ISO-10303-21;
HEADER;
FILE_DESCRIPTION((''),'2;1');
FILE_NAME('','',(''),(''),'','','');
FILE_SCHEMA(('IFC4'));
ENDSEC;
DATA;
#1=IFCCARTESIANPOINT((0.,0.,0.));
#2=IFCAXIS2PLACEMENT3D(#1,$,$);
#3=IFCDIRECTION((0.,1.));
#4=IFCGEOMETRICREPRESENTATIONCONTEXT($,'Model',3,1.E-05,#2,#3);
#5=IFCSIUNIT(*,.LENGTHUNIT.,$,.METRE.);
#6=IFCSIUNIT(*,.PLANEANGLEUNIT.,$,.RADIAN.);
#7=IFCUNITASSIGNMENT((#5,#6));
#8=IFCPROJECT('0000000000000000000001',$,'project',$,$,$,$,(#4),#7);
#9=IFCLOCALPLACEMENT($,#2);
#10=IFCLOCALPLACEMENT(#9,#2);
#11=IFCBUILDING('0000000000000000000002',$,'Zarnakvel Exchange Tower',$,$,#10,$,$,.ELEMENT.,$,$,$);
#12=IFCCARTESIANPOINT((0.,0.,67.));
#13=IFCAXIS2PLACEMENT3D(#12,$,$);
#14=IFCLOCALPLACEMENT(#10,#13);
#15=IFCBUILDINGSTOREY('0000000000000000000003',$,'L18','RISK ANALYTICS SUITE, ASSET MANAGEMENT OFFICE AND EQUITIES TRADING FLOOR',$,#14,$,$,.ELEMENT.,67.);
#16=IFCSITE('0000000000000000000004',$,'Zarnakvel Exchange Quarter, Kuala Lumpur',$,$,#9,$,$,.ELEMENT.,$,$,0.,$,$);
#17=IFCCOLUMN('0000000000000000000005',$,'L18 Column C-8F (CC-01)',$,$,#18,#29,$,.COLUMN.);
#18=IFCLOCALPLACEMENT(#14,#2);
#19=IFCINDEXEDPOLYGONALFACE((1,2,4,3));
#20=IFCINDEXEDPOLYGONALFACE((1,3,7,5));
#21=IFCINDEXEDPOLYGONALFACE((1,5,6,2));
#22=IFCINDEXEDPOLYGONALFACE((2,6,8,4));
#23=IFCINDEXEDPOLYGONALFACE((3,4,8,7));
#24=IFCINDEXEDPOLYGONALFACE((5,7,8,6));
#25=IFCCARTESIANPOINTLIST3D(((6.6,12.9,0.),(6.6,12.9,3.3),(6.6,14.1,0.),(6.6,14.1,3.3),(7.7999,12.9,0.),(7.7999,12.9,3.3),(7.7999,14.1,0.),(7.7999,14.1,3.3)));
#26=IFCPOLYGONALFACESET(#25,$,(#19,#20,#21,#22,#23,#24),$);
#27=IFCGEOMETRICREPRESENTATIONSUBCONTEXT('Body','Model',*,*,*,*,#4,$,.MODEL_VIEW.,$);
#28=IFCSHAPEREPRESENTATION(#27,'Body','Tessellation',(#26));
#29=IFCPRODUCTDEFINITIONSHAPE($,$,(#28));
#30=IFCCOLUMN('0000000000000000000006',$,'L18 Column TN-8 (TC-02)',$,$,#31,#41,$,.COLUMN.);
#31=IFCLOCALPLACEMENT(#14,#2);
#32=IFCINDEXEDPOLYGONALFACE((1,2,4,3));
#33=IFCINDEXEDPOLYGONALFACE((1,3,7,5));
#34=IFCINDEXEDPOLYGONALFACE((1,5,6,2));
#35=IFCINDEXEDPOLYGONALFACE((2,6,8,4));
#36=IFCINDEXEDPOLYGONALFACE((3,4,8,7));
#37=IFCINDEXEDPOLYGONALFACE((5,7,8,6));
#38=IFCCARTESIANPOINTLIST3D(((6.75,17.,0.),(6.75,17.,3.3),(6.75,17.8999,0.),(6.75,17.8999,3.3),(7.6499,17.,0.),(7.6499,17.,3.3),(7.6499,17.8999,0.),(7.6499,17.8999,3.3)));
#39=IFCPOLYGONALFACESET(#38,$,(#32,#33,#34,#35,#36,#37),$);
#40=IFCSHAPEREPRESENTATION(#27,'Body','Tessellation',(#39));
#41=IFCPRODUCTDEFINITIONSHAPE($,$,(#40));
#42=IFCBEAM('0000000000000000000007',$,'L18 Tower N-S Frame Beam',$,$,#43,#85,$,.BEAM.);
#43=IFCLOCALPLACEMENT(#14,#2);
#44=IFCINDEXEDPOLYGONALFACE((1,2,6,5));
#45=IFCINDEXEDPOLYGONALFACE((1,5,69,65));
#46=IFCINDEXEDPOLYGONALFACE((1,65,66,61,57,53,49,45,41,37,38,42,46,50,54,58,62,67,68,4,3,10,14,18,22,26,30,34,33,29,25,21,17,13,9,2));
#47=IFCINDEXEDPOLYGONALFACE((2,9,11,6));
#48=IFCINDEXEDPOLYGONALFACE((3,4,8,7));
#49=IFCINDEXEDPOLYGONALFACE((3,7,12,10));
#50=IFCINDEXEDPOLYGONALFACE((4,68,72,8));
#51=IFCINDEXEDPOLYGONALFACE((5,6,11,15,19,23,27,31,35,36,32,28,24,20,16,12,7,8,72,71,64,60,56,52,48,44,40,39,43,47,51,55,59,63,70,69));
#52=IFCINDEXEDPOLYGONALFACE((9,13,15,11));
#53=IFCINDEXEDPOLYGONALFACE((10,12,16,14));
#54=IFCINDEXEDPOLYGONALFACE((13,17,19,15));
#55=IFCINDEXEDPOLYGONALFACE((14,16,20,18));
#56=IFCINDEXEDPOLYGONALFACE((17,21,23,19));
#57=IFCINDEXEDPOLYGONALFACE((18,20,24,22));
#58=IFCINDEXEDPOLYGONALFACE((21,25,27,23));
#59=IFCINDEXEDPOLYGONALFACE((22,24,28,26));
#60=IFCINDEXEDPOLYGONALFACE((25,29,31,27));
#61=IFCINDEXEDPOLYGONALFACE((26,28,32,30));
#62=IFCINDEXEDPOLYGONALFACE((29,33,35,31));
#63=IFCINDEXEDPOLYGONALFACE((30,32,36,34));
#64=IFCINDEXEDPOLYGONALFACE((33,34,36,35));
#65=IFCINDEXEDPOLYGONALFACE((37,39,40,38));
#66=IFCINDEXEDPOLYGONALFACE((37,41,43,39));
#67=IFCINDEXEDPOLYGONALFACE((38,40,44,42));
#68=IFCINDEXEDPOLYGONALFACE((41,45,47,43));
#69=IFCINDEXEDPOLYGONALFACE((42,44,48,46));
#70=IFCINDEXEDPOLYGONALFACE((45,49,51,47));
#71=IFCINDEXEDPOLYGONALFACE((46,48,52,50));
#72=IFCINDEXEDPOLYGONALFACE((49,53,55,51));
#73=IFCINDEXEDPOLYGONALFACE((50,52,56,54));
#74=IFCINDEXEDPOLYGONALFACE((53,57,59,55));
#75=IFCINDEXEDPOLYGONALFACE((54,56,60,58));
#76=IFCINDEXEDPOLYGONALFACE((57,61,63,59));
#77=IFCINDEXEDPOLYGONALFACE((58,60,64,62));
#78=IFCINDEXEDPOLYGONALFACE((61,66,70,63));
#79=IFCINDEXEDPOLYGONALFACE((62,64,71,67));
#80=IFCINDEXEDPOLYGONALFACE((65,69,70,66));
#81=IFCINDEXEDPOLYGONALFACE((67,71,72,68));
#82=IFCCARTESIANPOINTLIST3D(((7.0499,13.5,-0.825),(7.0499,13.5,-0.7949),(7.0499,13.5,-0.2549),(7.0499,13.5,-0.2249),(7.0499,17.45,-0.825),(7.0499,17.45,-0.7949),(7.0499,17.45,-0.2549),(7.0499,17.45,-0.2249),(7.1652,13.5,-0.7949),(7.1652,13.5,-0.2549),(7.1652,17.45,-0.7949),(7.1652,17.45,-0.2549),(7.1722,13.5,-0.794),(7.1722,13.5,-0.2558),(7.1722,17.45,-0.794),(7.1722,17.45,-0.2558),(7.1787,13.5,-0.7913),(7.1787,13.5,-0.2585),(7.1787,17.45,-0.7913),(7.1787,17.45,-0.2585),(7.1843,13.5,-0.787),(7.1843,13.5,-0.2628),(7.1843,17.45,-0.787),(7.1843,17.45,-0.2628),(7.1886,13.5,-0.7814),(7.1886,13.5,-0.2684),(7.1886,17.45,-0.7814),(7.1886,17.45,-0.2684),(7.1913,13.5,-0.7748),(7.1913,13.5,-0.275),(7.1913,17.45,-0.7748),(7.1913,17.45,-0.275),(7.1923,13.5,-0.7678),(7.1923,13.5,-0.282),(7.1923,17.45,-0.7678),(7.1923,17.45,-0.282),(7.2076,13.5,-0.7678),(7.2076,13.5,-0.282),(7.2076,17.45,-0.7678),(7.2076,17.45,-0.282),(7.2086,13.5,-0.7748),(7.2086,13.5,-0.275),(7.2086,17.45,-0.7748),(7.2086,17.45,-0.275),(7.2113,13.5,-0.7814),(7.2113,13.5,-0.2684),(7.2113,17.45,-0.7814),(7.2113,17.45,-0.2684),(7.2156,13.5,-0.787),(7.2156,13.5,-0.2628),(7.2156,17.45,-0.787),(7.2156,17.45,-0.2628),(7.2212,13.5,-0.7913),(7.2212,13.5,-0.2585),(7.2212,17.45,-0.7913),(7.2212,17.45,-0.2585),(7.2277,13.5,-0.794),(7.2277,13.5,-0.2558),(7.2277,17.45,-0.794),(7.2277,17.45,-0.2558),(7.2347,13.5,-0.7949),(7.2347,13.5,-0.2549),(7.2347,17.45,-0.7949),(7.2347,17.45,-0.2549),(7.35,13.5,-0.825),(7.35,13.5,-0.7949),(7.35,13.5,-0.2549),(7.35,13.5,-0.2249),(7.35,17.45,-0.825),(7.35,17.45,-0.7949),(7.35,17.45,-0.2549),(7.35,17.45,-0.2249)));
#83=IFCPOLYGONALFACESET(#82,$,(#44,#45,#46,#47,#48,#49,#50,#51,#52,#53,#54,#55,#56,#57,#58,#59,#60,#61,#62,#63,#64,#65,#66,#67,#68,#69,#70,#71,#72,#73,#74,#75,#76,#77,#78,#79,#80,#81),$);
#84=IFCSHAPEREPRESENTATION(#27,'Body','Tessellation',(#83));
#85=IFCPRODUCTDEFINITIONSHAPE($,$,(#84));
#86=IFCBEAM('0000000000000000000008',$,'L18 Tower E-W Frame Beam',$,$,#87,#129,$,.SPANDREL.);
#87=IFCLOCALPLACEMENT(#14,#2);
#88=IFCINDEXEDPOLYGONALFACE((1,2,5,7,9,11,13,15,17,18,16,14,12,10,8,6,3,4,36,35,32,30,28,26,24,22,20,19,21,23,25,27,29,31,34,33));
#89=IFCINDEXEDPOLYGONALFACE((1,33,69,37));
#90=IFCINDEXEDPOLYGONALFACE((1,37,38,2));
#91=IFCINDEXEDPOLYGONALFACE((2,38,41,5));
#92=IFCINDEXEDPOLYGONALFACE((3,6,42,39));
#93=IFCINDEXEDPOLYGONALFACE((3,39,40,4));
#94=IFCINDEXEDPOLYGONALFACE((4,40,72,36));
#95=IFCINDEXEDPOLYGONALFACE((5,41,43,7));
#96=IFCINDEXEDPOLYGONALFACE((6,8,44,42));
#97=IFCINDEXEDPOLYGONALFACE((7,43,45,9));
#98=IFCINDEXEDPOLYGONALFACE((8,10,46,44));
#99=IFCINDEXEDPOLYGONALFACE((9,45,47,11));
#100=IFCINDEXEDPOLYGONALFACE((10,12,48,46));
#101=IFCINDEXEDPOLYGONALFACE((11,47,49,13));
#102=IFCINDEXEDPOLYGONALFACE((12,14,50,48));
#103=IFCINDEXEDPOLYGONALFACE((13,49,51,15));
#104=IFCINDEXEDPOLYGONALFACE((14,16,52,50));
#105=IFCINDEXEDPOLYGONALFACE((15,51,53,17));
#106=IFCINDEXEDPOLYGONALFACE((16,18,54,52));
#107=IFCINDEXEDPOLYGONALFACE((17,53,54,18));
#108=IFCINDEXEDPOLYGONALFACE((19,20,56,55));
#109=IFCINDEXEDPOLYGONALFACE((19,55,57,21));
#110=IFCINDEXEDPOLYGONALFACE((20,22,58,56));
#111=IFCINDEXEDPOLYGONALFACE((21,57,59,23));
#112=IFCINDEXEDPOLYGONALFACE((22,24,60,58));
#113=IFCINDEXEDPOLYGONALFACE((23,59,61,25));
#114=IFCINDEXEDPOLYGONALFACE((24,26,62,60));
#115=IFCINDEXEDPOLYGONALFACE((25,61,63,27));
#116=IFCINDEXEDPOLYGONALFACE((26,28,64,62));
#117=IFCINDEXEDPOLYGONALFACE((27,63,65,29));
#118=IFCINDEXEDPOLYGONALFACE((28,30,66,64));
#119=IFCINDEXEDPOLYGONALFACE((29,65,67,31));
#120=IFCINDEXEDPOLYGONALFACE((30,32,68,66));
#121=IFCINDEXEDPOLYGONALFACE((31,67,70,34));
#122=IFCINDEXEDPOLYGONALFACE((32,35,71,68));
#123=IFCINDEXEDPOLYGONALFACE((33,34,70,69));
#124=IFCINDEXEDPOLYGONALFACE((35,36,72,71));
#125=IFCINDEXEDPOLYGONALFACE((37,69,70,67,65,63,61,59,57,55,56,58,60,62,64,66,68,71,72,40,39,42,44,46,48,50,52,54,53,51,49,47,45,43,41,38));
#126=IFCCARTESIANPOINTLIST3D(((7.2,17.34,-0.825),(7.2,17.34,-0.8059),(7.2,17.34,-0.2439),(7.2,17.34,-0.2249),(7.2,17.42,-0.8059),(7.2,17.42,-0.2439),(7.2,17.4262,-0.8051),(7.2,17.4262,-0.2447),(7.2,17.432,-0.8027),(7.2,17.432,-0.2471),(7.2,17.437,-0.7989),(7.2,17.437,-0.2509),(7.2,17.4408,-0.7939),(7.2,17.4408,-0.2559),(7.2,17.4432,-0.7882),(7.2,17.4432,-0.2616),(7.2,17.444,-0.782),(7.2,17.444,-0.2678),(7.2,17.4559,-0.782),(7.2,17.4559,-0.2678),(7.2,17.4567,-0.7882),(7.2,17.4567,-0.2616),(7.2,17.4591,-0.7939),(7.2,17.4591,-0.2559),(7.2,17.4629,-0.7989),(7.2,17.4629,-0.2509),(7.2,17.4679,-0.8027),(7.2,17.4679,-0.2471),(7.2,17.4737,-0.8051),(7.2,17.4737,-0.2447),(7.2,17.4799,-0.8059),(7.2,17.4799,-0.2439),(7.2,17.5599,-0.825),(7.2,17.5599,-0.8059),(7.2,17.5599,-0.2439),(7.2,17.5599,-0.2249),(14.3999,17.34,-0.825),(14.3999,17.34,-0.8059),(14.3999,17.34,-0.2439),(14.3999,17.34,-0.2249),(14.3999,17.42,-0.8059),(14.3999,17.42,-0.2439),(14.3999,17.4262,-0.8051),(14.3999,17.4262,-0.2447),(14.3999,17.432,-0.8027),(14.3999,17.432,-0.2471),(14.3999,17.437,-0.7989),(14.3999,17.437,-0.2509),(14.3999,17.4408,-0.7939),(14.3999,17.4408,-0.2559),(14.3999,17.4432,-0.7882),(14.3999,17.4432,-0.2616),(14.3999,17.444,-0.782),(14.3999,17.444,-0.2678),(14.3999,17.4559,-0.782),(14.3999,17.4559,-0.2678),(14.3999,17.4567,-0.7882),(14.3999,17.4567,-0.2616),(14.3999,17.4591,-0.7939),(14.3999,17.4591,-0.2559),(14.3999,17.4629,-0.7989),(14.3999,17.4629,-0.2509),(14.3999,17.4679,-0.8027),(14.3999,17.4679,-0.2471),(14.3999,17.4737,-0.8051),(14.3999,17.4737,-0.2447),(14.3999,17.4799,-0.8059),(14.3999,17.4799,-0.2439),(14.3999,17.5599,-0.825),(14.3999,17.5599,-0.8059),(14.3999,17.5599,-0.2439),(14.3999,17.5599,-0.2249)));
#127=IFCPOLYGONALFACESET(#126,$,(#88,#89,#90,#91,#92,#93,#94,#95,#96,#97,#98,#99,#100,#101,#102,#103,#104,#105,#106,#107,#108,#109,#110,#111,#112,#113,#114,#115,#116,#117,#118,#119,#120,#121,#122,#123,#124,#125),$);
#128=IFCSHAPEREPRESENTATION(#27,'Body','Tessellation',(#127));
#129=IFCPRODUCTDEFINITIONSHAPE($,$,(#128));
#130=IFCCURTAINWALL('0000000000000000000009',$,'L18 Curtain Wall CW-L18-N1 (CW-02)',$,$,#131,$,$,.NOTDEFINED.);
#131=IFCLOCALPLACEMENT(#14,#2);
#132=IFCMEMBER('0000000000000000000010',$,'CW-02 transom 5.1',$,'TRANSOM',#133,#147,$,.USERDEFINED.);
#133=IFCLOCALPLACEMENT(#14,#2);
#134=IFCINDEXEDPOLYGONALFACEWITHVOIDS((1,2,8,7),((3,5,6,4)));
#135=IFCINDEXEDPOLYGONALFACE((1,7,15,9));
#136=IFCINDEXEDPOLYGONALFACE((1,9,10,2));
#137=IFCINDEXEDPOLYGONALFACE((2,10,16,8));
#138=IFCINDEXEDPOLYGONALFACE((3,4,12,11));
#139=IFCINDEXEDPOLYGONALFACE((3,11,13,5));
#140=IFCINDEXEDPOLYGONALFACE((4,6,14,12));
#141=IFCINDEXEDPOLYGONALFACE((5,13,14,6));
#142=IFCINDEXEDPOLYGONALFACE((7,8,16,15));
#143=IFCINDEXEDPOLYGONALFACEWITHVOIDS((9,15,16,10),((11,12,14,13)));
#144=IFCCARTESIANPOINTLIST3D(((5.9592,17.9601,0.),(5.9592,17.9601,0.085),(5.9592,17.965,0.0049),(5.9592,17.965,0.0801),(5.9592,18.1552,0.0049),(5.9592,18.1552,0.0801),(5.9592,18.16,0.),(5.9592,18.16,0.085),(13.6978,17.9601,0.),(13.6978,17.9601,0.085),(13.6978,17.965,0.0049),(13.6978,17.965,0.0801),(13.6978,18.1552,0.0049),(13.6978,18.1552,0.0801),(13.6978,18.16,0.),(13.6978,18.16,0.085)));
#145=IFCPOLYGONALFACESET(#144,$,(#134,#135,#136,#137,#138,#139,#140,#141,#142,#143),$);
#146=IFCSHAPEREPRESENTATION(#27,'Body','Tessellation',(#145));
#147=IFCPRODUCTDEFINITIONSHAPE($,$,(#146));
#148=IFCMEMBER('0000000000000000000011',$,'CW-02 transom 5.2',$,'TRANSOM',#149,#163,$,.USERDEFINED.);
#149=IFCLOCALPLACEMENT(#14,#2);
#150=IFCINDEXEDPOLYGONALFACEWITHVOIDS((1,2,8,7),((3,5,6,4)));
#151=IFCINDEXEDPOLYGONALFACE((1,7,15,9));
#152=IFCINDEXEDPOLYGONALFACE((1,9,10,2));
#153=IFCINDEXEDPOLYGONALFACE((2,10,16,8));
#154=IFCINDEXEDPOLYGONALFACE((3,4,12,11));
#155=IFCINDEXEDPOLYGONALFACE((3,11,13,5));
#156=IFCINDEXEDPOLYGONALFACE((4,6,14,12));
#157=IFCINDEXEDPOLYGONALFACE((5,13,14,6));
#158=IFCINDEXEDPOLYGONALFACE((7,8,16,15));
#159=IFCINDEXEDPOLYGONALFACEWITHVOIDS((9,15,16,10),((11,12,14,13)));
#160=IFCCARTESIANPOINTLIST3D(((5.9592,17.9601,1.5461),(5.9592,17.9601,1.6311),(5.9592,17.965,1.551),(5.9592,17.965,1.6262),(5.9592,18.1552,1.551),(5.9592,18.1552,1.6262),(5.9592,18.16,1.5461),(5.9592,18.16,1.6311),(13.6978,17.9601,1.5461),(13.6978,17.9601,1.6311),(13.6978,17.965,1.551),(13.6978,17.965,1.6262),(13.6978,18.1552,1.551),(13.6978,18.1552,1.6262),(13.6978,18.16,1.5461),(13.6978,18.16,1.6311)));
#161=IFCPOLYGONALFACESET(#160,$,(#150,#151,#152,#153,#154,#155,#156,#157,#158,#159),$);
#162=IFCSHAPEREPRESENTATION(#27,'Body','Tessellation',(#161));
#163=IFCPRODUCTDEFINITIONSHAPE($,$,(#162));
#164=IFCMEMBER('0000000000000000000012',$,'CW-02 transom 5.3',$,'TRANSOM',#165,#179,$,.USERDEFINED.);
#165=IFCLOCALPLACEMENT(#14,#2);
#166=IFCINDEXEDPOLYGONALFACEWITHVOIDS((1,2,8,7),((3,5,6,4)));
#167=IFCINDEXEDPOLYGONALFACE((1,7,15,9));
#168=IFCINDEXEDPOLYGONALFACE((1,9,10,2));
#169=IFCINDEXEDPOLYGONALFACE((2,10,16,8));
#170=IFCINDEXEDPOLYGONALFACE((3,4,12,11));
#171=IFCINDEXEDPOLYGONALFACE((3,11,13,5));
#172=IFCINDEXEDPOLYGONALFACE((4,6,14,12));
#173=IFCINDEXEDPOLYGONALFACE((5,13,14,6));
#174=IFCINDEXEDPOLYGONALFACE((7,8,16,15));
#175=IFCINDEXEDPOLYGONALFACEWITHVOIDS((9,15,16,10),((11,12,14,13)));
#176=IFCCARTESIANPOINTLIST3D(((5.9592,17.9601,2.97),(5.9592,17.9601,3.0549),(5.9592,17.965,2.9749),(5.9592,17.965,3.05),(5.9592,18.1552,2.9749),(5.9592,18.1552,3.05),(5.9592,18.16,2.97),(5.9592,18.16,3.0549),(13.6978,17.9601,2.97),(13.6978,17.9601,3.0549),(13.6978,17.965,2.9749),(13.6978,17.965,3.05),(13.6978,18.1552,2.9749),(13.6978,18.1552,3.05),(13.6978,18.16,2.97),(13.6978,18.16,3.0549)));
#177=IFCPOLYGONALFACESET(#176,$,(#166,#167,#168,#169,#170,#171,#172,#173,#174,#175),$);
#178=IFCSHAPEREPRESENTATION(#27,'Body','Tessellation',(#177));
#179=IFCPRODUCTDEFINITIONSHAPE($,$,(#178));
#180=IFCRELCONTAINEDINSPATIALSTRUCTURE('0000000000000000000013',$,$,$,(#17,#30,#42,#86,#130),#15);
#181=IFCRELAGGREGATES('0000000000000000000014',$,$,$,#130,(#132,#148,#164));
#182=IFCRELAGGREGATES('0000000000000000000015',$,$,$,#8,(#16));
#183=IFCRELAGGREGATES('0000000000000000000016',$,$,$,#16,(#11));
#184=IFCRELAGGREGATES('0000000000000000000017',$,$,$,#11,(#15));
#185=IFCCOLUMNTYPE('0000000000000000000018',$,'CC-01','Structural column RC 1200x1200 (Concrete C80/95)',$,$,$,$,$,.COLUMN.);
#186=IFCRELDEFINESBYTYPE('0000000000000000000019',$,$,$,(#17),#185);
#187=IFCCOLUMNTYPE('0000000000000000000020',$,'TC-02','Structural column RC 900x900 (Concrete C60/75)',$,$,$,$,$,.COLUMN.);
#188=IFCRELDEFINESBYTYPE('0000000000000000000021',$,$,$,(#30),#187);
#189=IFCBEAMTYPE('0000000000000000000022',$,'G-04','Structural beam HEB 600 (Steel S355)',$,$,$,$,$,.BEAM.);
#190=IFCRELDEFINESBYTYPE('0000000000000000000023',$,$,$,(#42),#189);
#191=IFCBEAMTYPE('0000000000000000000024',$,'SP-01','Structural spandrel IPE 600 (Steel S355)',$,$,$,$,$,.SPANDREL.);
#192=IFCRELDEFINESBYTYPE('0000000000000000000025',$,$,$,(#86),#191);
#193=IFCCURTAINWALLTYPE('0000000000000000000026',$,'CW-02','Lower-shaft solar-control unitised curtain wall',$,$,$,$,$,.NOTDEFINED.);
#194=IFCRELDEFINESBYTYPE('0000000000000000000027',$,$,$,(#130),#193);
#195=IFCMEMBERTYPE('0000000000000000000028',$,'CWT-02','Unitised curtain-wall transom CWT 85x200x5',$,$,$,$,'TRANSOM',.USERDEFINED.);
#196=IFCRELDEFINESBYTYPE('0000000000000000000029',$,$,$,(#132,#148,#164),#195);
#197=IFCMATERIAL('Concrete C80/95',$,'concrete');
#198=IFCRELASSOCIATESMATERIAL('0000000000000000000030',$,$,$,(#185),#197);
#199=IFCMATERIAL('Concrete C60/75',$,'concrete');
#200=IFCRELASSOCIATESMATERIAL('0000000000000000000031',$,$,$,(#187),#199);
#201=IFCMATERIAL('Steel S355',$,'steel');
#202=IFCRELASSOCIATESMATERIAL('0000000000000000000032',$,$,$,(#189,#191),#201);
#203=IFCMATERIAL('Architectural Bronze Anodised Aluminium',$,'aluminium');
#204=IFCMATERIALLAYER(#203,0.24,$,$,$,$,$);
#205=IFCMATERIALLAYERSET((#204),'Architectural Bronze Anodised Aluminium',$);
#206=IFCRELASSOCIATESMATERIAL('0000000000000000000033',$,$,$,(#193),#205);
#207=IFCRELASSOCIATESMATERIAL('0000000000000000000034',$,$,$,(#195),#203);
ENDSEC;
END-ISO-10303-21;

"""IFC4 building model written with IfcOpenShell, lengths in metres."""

from ifc_helpers import new_model, si_unit, direction, frame, origin, origin_2d, place, context, subcontext, project, spatial, rectangle, hollow_rectangle, i_section, extrude, source, transform, mapped, material, layer, layer_set, material_profile, profile_set, type_object, element, aggregate, save


model = new_model("IFC4")

# Units and contexts
model_context = context("Model", 3, precision=1e-05, world=origin(), true_north=direction((0.0, 1.0)))
body_context = subcontext(model_context, "Body", "Model", "MODEL_VIEW")
ifc_project = project(units=[si_unit("LENGTHUNIT", "METRE"), si_unit("PLANEANGLEUNIT", "RADIAN")], contexts=[model_context])

# Site, building, storey
site_placement = place(None, origin())
site = spatial("IfcSite", under=ifc_project, at=site_placement, Name="Zarnakvel Exchange Quarter, Kuala Lumpur", CompositionType="ELEMENT", RefElevation=0.0)
building_placement = place(site_placement, origin())
building = spatial("IfcBuilding", under=site, at=building_placement, Name="Zarnakvel Exchange Tower", CompositionType="ELEMENT")
storey_placement = place(building_placement, frame((0.0, 0.0, 67.0)))
storey = spatial("IfcBuildingStorey", under=building, at=storey_placement, Name="L18", Description="RISK ANALYTICS SUITE, ASSET MANAGEMENT OFFICE AND EQUITIES TRADING FLOOR", CompositionType="ELEMENT", Elevation=67.0)

# Columns
ifc_material_1 = material(Name="Concrete C80/95", Category="concrete")
ifc_material_profile_1 = material_profile(ifc_material_1, rectangle(XDim=1.2, YDim=1.2, at=origin_2d()))
ifc_profile_set_1 = profile_set([ifc_material_profile_1], Name="Concrete C80/95")
column_type_1 = type_object("IfcColumnType", Name="CC-01", Description="Structural column RC 1200x1200 (Concrete C80/95)", PredefinedType="COLUMN", material=ifc_profile_set_1)
column_1_placement = place(storey_placement, frame((7.2, 13.5, 0.0), z_axis=(0.0, 0.0, 1.0), x_axis=(1.0, 0.0, 0.0)))
element("IfcColumn", 1, at=column_1_placement, inside=storey, type_object=column_type_1, Name="L18 Column C-8F (CC-01)", PredefinedType="COLUMN", context=body_context, shape_type="SweptSolid", body=[
    extrude(rectangle(XDim=1.2, YDim=1.2, at=origin_2d()), origin(), (0.0, 0.0, 1.0), 3.3),
])
ifc_material_2 = material(Name="Concrete C60/75", Category="concrete")
ifc_material_profile_2 = material_profile(ifc_material_2, rectangle(XDim=0.8999, YDim=0.8999, at=origin_2d()))
ifc_profile_set_2 = profile_set([ifc_material_profile_2], Name="Concrete C60/75")
column_type_2 = type_object("IfcColumnType", Name="TC-02", Description="Structural column RC 900x900 (Concrete C60/75)", PredefinedType="COLUMN", material=ifc_profile_set_2)
column_2_placement = place(storey_placement, frame((7.2, 17.45, 0.0), z_axis=(0.0, 0.0, 1.0), x_axis=(1.0, 0.0, 0.0)))
element("IfcColumn", 2, at=column_2_placement, inside=storey, type_object=column_type_2, Name="L18 Column TN-8 (TC-02)", PredefinedType="COLUMN", context=body_context, shape_type="SweptSolid", body=[
    extrude(rectangle(XDim=0.8999, YDim=0.8999, at=origin_2d()), origin(), (0.0, 0.0, 1.0), 3.3),
])

# Beams
ifc_material_3 = material(Name="Steel S355", Category="steel")
ifc_material_profile_3 = material_profile(ifc_material_3, i_section(OverallWidth=0.3, OverallDepth=0.6001, WebThickness=0.0154, FlangeThickness=0.03, FilletRadius=0.0271, at=origin_2d()))
ifc_profile_set_3 = profile_set([ifc_material_profile_3], Name="Steel S355")
beam_type_1 = type_object("IfcBeamType", Name="G-04", Description="Structural beam HEB 600 (Steel S355)", PredefinedType="BEAM", material=ifc_profile_set_3)
beam_1_placement = place(storey_placement, frame((7.2, 13.5, -0.5249), z_axis=(0.0, 1.0, 0.0), x_axis=(-1.0, 0.0, 0.0)))
element("IfcBeam", 3, at=beam_1_placement, inside=storey, type_object=beam_type_1, Name="L18 Tower N-S Frame Beam", PredefinedType="BEAM", context=body_context, shape_type="SweptSolid", body=[
    extrude(i_section(OverallWidth=0.3, OverallDepth=0.6001, WebThickness=0.0154, FlangeThickness=0.03, FilletRadius=0.0271, at=origin_2d()), origin(), (0.0, 0.0, 1.0), 3.95),
])
ifc_material_profile_4 = material_profile(ifc_material_3, i_section(OverallWidth=0.22, OverallDepth=0.6001, WebThickness=0.012, FlangeThickness=0.019, FilletRadius=0.0239, at=origin_2d()))
ifc_profile_set_4 = profile_set([ifc_material_profile_4], Name="Steel S355")
beam_type_2 = type_object("IfcBeamType", Name="SP-01", Description="Structural spandrel IPE 600 (Steel S355)", PredefinedType="SPANDREL", material=ifc_profile_set_4)
beam_2_placement = place(storey_placement, frame((7.2, 17.45, -0.5249), z_axis=(1.0, 0.0, 0.0), x_axis=(0.0, 1.0, 0.0)))
element("IfcBeam", 4, at=beam_2_placement, inside=storey, type_object=beam_type_2, Name="L18 Tower E-W Frame Beam", PredefinedType="SPANDREL", context=body_context, shape_type="SweptSolid", body=[
    extrude(i_section(OverallWidth=0.22, OverallDepth=0.6001, WebThickness=0.012, FlangeThickness=0.019, FilletRadius=0.0239, at=origin_2d()), origin(), (0.0, 0.0, 1.0), 7.2),
])

# Curtain wall, members
ifc_material_4 = material(Name="Architectural Bronze Anodised Aluminium", Category="aluminium")
ifc_layer_1 = layer(ifc_material_4, 0.24)
ifc_layer_set_1 = layer_set([ifc_layer_1], Name="Architectural Bronze Anodised Aluminium")
curtain_wall_type = type_object("IfcCurtainWallType", Name="CW-02", Description="Lower-shaft solar-control unitised curtain wall", PredefinedType="NOTDEFINED", material=ifc_layer_set_1)
curtain_wall_placement = place(storey_placement, origin())
curtain_wall = element("IfcCurtainWall", 5, at=curtain_wall_placement, inside=storey, type_object=curtain_wall_type, Name="L18 Curtain Wall CW-L18-N1 (CW-02)", PredefinedType="NOTDEFINED")
ifc_material_profile_5 = material_profile(ifc_material_4, hollow_rectangle(XDim=0.2, YDim=0.085, WallThickness=0.0049, at=origin_2d()))
ifc_profile_set_5 = profile_set([ifc_material_profile_5], Name="Architectural Bronze Anodised Aluminium")
member_type_1 = type_object("IfcMemberType", Name="CWT-02", Description="Unitised curtain-wall transom CWT 85x200x5", ElementType="TRANSOM", PredefinedType="USERDEFINED", material=ifc_profile_set_5)
shared_shape_1 = source(origin(), body_context, "Body", "SweptSolid", [
    extrude(hollow_rectangle(XDim=0.2, YDim=0.085, WallThickness=0.0049, at=origin_2d()), origin(), (0.0, 0.0, 1.0), 7.7385),
])
member_1_placement = place(storey_placement, frame((5.9592, 18.0601, 0.0425), z_axis=(1.0, 0.0, 0.0), x_axis=(0.0, 1.0, 0.0)))
member_1 = element("IfcMember", 6, at=member_1_placement, type_object=member_type_1, Name="CW-02 transom 5.1", ObjectType="TRANSOM", PredefinedType="USERDEFINED", context=body_context, shape_type="MappedRepresentation", body=[
    mapped(shared_shape_1, transform((0.0, 0.0, 0.0), x_axis=(1.0, 0.0, 0.0), y_axis=(0.0, 1.0, 0.0), z_axis=(0.0, 0.0, 1.0), scale=1.0)),
])
member_2_placement = place(storey_placement, frame((5.9592, 18.0601, 1.5886), z_axis=(1.0, 0.0, 0.0), x_axis=(0.0, 1.0, 0.0)))
member_2 = element("IfcMember", 7, at=member_2_placement, type_object=member_type_1, Name="CW-02 transom 5.2", ObjectType="TRANSOM", PredefinedType="USERDEFINED", context=body_context, shape_type="MappedRepresentation", body=[
    mapped(shared_shape_1, transform((0.0, 0.0, 0.0), x_axis=(1.0, 0.0, 0.0), y_axis=(0.0, 1.0, 0.0), z_axis=(0.0, 0.0, 1.0), scale=1.0)),
])
member_3_placement = place(storey_placement, frame((5.9592, 18.0601, 3.0125), z_axis=(1.0, 0.0, 0.0), x_axis=(0.0, 1.0, 0.0)))
member_3 = element("IfcMember", 8, at=member_3_placement, type_object=member_type_1, Name="CW-02 transom 5.3", ObjectType="TRANSOM", PredefinedType="USERDEFINED", context=body_context, shape_type="MappedRepresentation", body=[
    mapped(shared_shape_1, transform((0.0, 0.0, 0.0), x_axis=(1.0, 0.0, 0.0), y_axis=(0.0, 1.0, 0.0), z_axis=(0.0, 0.0, 1.0), scale=1.0)),
])
aggregate(curtain_wall, [member_1, member_2, member_3])

save(model, "model.ifc")
